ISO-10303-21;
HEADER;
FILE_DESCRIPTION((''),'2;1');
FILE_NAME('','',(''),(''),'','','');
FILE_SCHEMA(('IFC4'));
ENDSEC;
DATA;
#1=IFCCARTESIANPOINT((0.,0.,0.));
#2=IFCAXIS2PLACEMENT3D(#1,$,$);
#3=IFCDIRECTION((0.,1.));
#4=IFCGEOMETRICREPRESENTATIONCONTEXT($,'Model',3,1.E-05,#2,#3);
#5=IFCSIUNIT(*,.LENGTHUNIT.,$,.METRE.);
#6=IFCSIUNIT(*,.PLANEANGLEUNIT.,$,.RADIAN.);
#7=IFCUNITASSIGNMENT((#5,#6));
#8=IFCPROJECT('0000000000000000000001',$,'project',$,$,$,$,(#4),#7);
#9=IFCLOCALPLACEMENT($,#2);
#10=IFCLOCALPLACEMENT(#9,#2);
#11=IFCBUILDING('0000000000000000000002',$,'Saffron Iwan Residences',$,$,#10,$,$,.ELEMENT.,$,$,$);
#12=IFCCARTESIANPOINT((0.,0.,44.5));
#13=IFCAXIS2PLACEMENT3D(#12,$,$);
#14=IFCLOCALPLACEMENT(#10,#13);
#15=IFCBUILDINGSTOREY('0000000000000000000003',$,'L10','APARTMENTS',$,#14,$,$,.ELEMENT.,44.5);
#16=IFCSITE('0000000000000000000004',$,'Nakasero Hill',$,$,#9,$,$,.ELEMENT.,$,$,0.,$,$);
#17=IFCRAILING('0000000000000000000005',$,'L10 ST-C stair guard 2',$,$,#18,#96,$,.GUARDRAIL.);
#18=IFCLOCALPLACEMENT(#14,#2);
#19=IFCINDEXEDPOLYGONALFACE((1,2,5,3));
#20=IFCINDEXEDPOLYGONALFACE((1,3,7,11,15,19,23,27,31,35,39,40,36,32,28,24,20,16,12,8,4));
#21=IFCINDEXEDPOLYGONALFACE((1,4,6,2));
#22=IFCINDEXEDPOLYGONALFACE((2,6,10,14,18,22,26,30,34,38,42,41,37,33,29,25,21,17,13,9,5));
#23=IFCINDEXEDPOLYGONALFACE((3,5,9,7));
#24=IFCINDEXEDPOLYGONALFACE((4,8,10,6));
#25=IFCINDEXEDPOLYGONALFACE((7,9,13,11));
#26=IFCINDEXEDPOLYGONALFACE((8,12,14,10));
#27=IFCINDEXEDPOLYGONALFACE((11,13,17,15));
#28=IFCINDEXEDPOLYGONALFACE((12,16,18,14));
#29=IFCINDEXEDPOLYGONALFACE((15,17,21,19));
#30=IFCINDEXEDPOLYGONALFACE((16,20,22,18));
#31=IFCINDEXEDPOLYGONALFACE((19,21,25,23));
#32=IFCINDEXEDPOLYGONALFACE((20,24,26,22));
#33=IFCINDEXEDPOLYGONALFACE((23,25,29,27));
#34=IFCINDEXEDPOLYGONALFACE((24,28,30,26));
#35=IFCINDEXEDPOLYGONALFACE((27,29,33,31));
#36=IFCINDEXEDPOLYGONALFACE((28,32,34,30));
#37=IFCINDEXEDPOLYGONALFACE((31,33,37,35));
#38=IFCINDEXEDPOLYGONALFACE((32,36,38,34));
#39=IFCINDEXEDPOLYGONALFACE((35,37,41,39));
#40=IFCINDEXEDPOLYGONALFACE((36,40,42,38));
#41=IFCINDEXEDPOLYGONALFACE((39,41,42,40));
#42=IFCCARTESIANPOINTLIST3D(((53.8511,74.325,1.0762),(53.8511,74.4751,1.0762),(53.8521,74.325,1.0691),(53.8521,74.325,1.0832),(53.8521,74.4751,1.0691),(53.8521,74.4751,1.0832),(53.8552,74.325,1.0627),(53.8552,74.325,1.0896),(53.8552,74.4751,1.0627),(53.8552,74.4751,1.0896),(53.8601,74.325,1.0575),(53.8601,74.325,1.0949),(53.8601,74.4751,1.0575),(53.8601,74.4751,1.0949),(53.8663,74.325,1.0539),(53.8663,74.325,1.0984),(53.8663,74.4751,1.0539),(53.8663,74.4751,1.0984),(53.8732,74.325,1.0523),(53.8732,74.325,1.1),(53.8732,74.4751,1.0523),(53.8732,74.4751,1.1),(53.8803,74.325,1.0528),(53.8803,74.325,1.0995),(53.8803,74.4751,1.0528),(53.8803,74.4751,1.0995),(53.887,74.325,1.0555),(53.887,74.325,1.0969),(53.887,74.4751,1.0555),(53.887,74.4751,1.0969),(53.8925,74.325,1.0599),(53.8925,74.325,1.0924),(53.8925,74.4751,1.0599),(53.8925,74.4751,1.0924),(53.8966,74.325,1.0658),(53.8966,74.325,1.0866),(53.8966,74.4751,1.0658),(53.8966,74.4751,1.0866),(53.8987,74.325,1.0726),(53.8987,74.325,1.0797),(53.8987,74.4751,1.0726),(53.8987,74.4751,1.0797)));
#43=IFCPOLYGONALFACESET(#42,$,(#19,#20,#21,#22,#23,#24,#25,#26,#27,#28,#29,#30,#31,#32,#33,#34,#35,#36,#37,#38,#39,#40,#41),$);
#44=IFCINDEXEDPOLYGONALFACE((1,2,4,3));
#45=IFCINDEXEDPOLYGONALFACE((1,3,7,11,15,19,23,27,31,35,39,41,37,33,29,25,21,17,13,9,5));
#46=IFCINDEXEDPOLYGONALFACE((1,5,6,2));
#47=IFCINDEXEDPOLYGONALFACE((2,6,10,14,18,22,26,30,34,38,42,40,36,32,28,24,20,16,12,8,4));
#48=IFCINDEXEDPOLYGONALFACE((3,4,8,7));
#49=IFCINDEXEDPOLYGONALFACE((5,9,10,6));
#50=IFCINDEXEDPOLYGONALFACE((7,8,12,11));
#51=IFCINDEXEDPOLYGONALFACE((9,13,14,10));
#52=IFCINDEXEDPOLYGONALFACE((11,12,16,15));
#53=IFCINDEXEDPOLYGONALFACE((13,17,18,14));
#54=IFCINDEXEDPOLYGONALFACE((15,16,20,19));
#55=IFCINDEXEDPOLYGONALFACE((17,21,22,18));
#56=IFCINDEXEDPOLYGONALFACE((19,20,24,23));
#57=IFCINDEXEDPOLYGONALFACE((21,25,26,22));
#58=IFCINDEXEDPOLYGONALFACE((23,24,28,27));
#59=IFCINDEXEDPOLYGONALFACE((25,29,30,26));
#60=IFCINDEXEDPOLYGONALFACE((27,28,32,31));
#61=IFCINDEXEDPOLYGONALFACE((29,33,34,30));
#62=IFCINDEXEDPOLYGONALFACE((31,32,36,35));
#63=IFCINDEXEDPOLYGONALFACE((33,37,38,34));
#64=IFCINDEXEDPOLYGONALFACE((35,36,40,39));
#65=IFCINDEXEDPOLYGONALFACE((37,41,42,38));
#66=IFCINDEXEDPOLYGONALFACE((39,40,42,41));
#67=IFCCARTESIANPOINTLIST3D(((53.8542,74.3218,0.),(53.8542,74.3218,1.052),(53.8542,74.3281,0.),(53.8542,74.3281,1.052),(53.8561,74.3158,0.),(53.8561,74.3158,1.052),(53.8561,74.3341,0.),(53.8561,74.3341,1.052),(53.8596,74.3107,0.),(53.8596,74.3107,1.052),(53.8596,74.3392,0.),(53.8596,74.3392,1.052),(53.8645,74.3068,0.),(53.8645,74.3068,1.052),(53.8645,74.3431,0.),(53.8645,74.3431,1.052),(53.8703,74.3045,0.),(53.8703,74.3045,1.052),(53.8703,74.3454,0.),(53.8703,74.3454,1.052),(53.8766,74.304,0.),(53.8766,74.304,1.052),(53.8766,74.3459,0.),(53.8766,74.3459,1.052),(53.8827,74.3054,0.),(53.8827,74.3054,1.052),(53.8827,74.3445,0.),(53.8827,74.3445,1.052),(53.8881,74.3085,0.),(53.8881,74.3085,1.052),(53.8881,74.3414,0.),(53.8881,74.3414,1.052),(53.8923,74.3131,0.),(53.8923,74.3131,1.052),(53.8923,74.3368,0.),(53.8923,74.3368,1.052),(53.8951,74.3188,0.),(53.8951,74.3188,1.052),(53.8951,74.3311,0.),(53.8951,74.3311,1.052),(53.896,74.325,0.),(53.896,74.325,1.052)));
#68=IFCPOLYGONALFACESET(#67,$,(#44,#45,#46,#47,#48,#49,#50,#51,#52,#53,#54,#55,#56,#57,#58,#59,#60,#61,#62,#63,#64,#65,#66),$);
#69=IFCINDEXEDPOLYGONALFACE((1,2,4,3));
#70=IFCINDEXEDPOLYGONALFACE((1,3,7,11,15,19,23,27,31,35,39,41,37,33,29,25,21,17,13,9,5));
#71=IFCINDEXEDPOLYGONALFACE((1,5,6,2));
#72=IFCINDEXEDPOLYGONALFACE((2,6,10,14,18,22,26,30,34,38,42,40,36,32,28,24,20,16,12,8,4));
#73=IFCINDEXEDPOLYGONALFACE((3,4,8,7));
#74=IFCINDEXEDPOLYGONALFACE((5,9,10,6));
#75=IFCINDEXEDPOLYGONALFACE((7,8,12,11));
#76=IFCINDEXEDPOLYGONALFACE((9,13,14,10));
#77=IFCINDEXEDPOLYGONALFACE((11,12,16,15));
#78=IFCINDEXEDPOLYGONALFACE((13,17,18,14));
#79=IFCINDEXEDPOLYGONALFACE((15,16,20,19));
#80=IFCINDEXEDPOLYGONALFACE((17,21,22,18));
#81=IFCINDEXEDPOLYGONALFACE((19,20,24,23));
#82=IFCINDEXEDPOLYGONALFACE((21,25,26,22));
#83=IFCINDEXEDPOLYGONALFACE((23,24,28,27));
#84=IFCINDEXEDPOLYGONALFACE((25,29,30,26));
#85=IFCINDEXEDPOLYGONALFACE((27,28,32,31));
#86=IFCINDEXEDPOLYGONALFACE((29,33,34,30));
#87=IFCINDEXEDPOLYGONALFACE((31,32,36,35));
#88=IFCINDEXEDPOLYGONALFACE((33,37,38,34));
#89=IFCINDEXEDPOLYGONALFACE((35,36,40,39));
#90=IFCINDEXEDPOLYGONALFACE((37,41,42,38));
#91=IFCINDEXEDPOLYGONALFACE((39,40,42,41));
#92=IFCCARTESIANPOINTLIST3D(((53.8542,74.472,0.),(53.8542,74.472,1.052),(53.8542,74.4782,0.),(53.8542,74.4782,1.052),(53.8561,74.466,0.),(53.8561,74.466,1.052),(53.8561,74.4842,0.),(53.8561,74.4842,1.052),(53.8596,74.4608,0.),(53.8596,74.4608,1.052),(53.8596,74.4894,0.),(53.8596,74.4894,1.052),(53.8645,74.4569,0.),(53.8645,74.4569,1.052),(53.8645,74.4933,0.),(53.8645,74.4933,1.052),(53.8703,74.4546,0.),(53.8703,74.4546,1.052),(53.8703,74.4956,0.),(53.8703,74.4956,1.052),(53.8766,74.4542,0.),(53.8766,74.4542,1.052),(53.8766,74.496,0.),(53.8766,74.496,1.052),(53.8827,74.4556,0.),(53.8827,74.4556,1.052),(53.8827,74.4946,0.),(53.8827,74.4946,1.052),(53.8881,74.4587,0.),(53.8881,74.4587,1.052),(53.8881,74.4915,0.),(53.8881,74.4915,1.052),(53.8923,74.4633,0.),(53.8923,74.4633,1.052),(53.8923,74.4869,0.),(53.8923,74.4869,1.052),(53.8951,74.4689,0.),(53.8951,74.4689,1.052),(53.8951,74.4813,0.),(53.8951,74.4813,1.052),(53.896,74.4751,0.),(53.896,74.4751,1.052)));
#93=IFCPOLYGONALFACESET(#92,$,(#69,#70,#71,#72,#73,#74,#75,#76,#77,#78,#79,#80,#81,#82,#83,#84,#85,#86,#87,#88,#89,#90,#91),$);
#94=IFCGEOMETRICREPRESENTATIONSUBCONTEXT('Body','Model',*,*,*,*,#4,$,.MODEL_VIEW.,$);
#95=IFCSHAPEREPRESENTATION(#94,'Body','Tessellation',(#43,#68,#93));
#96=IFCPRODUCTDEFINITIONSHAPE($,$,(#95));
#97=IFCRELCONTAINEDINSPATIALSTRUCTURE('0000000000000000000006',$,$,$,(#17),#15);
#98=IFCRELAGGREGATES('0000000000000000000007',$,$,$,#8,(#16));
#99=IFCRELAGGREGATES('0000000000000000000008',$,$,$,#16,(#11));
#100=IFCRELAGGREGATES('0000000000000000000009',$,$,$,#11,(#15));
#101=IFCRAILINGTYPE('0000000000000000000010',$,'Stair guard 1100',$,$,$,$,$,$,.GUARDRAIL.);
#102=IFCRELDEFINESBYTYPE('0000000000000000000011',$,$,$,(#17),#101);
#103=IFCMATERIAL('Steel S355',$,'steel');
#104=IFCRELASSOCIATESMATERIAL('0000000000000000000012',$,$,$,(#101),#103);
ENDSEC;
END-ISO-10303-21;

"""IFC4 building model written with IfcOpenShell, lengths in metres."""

from ifc_helpers import new_model, si_unit, direction, frame, origin, origin_2d, place, context, subcontext, project, spatial, circle, extrude, material, type_object, element, save


model = new_model("IFC4")

# Units and contexts
model_context = context("Model", 3, precision=1e-05, world=origin(), true_north=direction((0.0, 1.0)))
body_context = subcontext(model_context, "Body", "Model", "MODEL_VIEW")
ifc_project = project(units=[si_unit("LENGTHUNIT", "METRE"), si_unit("PLANEANGLEUNIT", "RADIAN")], contexts=[model_context])

# Site, building, storey
site_placement = place(None, origin())
site = spatial("IfcSite", under=ifc_project, at=site_placement, Name="Nakasero Hill", CompositionType="ELEMENT", RefElevation=0.0)
building_placement = place(site_placement, origin())
building = spatial("IfcBuilding", under=site, at=building_placement, Name="Saffron Iwan Residences", CompositionType="ELEMENT")
storey_placement = place(building_placement, frame((0.0, 0.0, 44.5)))
storey = spatial("IfcBuildingStorey", under=building, at=storey_placement, Name="L10", Description="APARTMENTS", CompositionType="ELEMENT", Elevation=44.5)

# Railing
ifc_material_1 = material(Name="Steel S355", Category="steel")
railing_type_1 = type_object("IfcRailingType", Name="Stair guard 1100", PredefinedType="GUARDRAIL", material=ifc_material_1)
railing_1_placement = place(storey_placement, frame((53.875, 74.325, 0.0)))
element("IfcRailing", 1, at=railing_1_placement, inside=storey, type_object=railing_type_1, Name="L10 ST-C stair guard 2", PredefinedType="GUARDRAIL", context=body_context, shape_type="SweptSolid", body=[
    extrude(circle(Radius=0.0239, at=origin_2d()), frame((0.0, 0.0, 1.0762), z_axis=(0.0, 1.0, 0.0), x_axis=(-1.0, 0.0, 0.0)), (0.0, 0.0, 1.0), 0.1501),
    extrude(circle(Radius=0.021, at=origin_2d()), origin(), (0.0, 0.0, 1.0), 1.052),
    extrude(circle(Radius=0.021, at=origin_2d()), frame((0.0, 0.1501, 0.0)), (0.0, 0.0, 1.0), 1.052),
])

save(model, "model.ifc")
